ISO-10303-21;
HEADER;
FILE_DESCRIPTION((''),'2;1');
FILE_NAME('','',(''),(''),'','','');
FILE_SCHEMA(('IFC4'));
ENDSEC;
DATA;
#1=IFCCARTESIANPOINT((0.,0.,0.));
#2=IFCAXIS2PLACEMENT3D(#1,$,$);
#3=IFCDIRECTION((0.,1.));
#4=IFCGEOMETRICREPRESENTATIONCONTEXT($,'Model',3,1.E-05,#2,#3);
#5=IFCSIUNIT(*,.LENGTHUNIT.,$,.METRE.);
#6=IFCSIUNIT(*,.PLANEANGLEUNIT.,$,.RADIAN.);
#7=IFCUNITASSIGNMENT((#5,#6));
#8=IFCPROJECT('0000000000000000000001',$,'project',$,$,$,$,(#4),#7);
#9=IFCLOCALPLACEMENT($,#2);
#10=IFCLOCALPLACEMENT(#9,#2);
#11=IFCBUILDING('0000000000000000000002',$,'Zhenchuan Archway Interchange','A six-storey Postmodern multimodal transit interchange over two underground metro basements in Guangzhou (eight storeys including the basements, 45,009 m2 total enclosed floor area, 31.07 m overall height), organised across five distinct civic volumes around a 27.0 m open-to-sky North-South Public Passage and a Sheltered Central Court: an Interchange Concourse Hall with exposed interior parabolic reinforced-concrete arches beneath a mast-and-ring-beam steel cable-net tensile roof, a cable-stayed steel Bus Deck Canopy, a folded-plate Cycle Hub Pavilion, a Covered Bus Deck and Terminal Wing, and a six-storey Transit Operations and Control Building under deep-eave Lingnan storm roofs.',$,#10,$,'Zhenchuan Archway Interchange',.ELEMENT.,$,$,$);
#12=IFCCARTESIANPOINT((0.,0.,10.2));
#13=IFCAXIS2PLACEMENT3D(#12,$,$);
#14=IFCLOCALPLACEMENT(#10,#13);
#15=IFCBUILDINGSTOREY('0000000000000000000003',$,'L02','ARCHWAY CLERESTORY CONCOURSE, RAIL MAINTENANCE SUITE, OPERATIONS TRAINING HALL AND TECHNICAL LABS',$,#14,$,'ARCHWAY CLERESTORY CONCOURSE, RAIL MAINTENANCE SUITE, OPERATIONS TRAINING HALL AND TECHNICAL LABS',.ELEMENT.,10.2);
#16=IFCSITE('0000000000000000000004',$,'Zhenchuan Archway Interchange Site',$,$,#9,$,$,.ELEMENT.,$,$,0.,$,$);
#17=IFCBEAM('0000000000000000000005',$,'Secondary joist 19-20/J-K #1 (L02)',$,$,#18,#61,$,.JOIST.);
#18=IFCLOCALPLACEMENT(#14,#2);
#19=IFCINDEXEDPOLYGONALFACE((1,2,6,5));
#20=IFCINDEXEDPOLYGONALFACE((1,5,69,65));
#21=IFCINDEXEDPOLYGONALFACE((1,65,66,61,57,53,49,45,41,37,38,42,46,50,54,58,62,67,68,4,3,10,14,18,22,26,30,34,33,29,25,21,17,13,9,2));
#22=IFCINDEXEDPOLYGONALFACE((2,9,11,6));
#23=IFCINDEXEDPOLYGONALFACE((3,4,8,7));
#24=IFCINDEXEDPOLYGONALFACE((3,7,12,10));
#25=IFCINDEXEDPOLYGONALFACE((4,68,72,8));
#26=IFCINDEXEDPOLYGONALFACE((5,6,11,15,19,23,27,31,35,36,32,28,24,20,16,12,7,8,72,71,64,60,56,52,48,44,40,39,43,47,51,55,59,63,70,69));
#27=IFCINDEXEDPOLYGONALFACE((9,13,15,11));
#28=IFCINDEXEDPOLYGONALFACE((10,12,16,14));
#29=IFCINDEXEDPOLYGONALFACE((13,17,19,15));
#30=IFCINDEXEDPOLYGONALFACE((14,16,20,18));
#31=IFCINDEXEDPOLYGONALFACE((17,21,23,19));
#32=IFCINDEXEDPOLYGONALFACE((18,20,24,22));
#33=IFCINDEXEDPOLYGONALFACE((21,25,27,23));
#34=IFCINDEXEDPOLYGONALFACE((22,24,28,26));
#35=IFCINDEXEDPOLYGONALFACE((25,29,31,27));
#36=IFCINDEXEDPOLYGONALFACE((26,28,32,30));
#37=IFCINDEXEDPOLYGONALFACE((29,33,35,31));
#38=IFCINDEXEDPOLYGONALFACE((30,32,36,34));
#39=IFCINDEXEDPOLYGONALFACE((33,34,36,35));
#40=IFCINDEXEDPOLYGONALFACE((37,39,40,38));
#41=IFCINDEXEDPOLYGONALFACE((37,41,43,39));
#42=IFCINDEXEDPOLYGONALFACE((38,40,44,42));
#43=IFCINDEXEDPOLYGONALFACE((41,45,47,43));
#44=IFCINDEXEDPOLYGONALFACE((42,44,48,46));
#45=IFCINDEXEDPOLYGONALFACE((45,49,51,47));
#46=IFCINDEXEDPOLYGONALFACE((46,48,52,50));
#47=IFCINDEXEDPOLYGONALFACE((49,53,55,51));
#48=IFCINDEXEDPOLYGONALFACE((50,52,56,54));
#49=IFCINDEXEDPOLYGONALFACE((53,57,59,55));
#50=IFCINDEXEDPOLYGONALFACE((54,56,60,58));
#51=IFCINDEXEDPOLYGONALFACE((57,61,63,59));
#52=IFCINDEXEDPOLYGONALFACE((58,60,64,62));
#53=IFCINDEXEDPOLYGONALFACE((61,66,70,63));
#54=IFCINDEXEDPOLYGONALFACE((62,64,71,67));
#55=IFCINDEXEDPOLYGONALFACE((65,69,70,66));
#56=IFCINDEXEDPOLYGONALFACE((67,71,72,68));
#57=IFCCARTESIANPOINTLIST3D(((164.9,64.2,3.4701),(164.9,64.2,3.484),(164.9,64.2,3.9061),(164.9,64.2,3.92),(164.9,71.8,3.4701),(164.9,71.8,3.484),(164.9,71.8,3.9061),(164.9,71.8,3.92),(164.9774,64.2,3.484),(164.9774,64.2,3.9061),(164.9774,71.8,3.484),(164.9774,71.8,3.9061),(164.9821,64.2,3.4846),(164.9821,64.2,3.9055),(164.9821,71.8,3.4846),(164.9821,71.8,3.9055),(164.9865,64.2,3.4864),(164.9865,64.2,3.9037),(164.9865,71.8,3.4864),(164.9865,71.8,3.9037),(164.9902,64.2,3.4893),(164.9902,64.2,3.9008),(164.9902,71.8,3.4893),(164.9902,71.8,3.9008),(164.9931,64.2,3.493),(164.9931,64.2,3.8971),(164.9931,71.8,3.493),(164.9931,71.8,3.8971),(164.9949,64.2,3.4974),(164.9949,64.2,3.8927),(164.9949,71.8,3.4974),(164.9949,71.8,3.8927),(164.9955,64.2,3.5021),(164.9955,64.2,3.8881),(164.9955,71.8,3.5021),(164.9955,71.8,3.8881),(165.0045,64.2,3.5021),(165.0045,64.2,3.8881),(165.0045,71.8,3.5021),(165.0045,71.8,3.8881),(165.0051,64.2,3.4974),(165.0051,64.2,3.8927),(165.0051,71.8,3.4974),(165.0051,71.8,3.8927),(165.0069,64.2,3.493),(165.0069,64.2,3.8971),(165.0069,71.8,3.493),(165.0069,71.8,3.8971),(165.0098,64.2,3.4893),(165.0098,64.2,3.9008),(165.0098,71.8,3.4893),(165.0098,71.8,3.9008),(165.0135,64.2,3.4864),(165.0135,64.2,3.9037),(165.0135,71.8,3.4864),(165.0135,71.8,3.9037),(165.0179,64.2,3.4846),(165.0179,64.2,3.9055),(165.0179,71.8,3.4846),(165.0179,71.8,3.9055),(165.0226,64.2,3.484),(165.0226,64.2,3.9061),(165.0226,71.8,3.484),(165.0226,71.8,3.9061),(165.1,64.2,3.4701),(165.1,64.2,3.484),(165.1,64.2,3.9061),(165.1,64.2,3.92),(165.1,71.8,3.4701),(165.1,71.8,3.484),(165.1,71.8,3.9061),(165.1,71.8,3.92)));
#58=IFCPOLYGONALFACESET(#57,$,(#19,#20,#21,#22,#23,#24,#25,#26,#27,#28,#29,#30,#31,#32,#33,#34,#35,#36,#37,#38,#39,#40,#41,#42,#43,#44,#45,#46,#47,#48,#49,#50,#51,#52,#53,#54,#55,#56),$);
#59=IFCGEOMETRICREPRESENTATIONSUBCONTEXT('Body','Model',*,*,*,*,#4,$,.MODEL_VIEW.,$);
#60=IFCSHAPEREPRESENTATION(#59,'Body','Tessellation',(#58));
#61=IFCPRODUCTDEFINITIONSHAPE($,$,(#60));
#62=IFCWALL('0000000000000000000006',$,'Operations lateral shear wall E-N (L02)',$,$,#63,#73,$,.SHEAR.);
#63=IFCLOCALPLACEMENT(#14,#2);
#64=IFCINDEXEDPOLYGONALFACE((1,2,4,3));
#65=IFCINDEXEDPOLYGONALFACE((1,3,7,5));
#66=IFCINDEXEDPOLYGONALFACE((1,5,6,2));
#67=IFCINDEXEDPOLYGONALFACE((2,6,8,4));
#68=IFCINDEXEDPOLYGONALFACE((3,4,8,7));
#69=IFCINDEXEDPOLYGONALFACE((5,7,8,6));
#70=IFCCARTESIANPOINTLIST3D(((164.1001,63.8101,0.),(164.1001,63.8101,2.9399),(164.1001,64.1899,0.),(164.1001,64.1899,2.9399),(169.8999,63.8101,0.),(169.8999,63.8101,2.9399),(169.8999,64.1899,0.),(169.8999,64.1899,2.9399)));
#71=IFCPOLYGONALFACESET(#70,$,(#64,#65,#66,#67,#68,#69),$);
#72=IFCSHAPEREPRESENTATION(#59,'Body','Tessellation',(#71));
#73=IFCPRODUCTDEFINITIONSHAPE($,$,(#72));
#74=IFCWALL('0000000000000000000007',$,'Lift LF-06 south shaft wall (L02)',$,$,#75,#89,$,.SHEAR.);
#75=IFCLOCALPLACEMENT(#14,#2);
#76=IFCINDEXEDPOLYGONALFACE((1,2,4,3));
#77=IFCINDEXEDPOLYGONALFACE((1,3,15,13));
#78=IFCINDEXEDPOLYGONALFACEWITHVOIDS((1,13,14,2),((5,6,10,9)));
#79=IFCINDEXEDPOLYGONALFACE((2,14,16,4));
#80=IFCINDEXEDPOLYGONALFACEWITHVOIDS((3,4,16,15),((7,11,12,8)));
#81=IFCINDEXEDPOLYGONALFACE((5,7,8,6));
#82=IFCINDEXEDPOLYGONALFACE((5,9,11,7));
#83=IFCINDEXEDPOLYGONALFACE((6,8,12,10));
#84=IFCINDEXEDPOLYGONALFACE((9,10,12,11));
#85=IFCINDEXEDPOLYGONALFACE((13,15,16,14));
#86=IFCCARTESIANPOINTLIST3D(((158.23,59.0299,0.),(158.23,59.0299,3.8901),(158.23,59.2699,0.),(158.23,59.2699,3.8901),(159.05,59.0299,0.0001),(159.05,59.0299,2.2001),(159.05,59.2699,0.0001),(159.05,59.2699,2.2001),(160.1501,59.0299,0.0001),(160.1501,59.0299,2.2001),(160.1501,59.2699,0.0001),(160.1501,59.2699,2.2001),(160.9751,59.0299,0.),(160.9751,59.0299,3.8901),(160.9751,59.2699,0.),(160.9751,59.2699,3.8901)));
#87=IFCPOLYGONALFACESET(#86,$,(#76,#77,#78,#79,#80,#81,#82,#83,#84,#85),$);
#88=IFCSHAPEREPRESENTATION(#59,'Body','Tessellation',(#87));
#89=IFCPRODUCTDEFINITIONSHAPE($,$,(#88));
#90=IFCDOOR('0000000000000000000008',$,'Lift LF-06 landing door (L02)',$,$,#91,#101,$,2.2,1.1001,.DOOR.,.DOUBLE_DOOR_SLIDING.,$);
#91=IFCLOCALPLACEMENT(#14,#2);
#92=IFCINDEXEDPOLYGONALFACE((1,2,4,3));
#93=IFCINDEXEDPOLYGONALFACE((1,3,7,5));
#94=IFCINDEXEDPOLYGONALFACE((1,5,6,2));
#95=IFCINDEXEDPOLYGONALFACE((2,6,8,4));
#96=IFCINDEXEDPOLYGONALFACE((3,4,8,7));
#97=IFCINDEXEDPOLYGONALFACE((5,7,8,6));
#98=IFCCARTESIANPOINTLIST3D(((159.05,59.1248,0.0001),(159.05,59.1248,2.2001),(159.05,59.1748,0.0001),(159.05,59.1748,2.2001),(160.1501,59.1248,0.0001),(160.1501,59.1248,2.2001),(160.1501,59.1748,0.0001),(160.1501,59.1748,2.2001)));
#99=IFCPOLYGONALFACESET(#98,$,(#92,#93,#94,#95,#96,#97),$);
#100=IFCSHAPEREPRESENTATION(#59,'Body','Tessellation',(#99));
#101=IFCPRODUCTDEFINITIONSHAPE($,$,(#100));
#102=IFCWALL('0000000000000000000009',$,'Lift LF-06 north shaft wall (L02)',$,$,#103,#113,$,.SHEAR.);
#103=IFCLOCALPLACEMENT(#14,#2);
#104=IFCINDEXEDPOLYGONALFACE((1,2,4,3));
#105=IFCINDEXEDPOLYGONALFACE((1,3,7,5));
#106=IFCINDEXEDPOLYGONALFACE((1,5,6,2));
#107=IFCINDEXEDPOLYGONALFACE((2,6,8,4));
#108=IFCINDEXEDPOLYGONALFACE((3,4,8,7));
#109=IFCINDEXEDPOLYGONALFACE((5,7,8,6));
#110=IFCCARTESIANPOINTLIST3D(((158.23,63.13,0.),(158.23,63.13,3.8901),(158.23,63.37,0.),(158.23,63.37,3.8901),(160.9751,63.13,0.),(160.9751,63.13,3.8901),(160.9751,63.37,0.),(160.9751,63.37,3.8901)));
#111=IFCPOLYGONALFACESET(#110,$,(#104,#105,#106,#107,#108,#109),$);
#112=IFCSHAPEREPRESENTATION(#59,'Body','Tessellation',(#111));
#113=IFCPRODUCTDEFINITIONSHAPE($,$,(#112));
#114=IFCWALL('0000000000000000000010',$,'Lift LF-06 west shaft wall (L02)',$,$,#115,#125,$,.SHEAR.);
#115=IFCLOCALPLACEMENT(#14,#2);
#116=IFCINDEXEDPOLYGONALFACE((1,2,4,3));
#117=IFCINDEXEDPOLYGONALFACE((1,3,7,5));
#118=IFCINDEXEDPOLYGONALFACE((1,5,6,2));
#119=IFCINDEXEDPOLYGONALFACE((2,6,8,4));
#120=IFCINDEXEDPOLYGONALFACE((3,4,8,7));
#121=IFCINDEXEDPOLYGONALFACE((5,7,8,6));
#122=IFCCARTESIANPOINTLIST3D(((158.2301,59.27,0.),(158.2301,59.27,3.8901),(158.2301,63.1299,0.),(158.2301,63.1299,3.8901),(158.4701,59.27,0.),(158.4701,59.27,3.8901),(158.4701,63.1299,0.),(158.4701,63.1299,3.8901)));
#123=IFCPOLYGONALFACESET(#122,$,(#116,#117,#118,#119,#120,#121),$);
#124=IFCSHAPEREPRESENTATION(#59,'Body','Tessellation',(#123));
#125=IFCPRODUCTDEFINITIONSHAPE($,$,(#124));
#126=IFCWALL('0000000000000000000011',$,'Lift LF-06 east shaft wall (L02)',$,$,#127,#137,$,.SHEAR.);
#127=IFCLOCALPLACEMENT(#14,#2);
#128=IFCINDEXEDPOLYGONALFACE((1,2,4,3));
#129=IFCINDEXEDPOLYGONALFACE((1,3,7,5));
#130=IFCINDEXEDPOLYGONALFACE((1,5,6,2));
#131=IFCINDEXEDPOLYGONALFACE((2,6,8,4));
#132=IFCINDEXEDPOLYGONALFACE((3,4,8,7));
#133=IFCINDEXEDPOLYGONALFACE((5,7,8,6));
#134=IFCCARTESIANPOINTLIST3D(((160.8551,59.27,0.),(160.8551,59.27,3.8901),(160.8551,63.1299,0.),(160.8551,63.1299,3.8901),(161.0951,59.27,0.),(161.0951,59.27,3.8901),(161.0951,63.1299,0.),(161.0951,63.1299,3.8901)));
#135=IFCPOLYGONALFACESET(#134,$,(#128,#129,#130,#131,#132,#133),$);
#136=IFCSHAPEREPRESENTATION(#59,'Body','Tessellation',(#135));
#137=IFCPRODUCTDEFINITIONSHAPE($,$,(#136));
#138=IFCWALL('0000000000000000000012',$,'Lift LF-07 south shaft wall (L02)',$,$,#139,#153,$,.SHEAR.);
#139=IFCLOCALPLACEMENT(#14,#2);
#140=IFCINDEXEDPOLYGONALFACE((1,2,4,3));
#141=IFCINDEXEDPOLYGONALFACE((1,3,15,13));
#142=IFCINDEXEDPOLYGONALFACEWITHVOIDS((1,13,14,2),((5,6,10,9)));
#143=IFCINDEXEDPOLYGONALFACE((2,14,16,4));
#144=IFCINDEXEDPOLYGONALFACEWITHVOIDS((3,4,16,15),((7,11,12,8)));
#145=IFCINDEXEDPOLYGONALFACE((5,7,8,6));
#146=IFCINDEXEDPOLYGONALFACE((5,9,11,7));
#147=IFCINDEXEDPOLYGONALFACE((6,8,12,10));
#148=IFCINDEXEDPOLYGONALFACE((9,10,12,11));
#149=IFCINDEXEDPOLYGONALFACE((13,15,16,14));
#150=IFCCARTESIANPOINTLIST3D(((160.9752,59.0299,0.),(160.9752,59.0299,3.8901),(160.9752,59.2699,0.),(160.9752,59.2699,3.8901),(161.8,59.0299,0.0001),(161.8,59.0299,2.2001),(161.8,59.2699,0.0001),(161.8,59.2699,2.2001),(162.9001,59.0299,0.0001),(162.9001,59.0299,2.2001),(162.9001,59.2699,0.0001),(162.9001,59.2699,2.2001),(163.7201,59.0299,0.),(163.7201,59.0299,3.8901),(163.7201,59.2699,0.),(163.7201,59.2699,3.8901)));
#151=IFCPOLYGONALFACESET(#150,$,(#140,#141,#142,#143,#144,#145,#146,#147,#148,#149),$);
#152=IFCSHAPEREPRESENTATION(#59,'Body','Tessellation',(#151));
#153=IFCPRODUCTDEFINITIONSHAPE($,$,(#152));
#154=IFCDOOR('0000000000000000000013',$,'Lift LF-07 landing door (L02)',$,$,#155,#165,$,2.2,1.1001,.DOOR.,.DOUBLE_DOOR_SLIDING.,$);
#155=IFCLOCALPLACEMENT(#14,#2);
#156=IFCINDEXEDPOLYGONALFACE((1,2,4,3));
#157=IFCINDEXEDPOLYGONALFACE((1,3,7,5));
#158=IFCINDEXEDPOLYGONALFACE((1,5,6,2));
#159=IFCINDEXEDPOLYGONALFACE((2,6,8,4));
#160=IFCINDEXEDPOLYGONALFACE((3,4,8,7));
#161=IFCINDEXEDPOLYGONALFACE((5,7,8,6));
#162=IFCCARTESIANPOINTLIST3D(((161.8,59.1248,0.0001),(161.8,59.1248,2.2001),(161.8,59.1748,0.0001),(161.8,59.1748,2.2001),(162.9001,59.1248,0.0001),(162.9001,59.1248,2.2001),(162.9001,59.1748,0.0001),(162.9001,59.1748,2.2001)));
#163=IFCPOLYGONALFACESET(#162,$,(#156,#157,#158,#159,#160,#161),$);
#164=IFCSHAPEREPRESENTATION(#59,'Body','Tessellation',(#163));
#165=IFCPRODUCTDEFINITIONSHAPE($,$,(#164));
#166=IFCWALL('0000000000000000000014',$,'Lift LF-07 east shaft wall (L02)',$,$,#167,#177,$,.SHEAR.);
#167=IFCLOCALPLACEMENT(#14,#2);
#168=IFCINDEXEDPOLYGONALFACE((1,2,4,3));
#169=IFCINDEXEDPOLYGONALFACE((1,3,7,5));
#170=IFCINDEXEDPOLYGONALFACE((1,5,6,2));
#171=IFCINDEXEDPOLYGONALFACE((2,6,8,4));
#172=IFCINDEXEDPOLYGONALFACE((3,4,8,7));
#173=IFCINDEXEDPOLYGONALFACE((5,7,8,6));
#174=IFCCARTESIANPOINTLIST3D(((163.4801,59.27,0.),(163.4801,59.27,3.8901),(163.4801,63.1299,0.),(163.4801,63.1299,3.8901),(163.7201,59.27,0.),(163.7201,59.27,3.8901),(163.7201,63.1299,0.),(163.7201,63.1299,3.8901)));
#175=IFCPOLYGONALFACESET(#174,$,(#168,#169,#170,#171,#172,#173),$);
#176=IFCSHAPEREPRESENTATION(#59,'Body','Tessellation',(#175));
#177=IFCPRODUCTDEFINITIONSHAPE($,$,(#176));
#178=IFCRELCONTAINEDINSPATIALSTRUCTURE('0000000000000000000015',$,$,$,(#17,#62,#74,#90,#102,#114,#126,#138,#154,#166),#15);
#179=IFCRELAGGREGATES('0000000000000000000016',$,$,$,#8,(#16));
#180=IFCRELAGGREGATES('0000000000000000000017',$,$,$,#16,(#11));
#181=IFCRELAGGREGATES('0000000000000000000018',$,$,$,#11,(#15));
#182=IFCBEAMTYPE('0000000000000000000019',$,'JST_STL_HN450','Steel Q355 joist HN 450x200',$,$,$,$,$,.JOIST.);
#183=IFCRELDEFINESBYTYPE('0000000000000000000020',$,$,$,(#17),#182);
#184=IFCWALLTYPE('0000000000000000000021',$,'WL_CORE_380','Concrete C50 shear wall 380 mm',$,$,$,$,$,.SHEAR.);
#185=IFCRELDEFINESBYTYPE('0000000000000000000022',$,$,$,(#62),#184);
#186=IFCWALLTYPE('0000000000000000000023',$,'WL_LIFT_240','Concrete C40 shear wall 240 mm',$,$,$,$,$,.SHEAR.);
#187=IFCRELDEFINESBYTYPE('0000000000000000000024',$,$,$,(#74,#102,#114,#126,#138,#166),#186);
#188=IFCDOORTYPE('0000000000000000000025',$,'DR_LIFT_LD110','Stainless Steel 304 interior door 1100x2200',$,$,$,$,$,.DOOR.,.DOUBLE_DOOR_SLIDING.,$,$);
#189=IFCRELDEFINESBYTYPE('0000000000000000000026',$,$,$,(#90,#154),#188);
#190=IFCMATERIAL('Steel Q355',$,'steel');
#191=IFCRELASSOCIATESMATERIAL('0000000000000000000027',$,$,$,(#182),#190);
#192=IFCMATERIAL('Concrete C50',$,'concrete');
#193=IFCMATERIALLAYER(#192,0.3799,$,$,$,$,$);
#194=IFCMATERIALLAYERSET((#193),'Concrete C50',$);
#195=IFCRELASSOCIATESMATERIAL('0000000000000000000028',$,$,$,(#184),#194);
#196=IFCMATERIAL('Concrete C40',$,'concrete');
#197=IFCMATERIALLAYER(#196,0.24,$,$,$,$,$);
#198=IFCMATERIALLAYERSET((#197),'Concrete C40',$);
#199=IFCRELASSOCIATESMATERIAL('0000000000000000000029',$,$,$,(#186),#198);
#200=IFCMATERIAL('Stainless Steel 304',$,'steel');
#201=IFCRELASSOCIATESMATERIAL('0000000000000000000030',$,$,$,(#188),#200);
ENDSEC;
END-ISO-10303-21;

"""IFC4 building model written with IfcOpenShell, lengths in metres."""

from ifc_helpers import new_model, si_unit, direction, frame, frame_2d, origin, origin_2d, place, context, subcontext, project, spatial, rectangle, i_section, extrude, material, layer, layer_set, material_profile, profile_set, type_object, element, fill, save


model = new_model("IFC4")

# Units and contexts
model_context = context("Model", 3, precision=1e-05, world=origin(), true_north=direction((0.0, 1.0)))
body_context = subcontext(model_context, "Body", "Model", "MODEL_VIEW")
ifc_project = project(units=[si_unit("LENGTHUNIT", "METRE"), si_unit("PLANEANGLEUNIT", "RADIAN")], contexts=[model_context])

# Site, building, storey
site_placement = place(None, origin())
site = spatial("IfcSite", under=ifc_project, at=site_placement, Name="Zhenchuan Archway Interchange Site", CompositionType="ELEMENT", RefElevation=0.0)
building_placement = place(site_placement, origin())
building = spatial("IfcBuilding", under=site, at=building_placement, Name="Zhenchuan Archway Interchange", Description="A six-storey Postmodern multimodal transit interchange over two underground metro basements in Guangzhou (eight storeys including the basements, 45,009 m2 total enclosed floor area, 31.07 m overall height), organised across five distinct civic volumes around a 27.0 m open-to-sky North-South Public Passage and a Sheltered Central Court: an Interchange Concourse Hall with exposed interior parabolic reinforced-concrete arches beneath a mast-and-ring-beam steel cable-net tensile roof, a cable-stayed steel Bus Deck Canopy, a folded-plate Cycle Hub Pavilion, a Covered Bus Deck and Terminal Wing, and a six-storey Transit Operations and Control Building under deep-eave Lingnan storm roofs.", LongName="Zhenchuan Archway Interchange", CompositionType="ELEMENT")
storey_placement = place(building_placement, frame((0.0, 0.0, 10.2)))
storey = spatial("IfcBuildingStorey", under=building, at=storey_placement, Name="L02", Description="ARCHWAY CLERESTORY CONCOURSE, RAIL MAINTENANCE SUITE, OPERATIONS TRAINING HALL AND TECHNICAL LABS", LongName="ARCHWAY CLERESTORY CONCOURSE, RAIL MAINTENANCE SUITE, OPERATIONS TRAINING HALL AND TECHNICAL LABS", CompositionType="ELEMENT", Elevation=10.2)

# Shared definitions
ifc_material_1 = material(Name="Concrete C50", Category="concrete")

# Beam
ifc_material_2 = material(Name="Concrete C40", Category="concrete")
ifc_material_3 = material(Name="Steel Q355", Category="steel")
ifc_material_profile_1 = material_profile(ifc_material_3, i_section(OverallWidth=0.2, OverallDepth=0.45, WebThickness=0.009, FlangeThickness=0.0139, FilletRadius=0.0181, at=origin_2d()), Name="HN 450x200")
ifc_profile_set_1 = profile_set([ifc_material_profile_1], Name="Steel Q355")
beam_type_1 = type_object("IfcBeamType", Name="JST_STL_HN450", Description="Steel Q355 joist HN 450x200", PredefinedType="JOIST", material=ifc_profile_set_1)
beam_1_placement = place(storey_placement, frame((165.0, 64.2, 3.6951), z_axis=(0.0, 1.0, 0.0), x_axis=(-1.0, 0.0, 0.0)))
element("IfcBeam", 1, at=beam_1_placement, inside=storey, type_object=beam_type_1, Name="Secondary joist 19-20/J-K #1 (L02)", PredefinedType="JOIST", context=body_context, shape_type="SweptSolid", body=[
    extrude(i_section(OverallWidth=0.2, OverallDepth=0.45, WebThickness=0.009, FlangeThickness=0.0139, FilletRadius=0.0181, at=origin_2d()), origin(), (0.0, 0.0, 1.0), 7.6001),
])

# Wall
ifc_layer_1 = layer(ifc_material_1, 0.3799)
ifc_layer_set_1 = layer_set([ifc_layer_1], Name="Concrete C50")
wall_type_1 = type_object("IfcWallType", Name="WL_CORE_380", Description="Concrete C50 shear wall 380 mm", PredefinedType="SHEAR", material=ifc_layer_set_1)
wall_1_placement = place(storey_placement, frame((164.1001, 64.0, 0.0), z_axis=(0.0, 0.0, 1.0), x_axis=(1.0, 0.0, 0.0)))
element("IfcWall", 2, at=wall_1_placement, inside=storey, type_object=wall_type_1, Name="Operations lateral shear wall E-N (L02)", PredefinedType="SHEAR", context=body_context, shape_type="SweptSolid", body=[
    extrude(rectangle(XDim=5.7998, YDim=0.3799, at=frame_2d((2.8999, 0.0))), origin(), (0.0, 0.0, 1.0), 2.9399),
])

# Wall, opening, door
ifc_layer_2 = layer(ifc_material_2, 0.24)
ifc_layer_set_2 = layer_set([ifc_layer_2], Name="Concrete C40")
wall_type_2 = type_object("IfcWallType", Name="WL_LIFT_240", Description="Concrete C40 shear wall 240 mm", PredefinedType="SHEAR", material=ifc_layer_set_2)
wall_2_placement = place(storey_placement, frame((158.23, 59.1499, 0.0), z_axis=(0.0, 0.0, 1.0), x_axis=(1.0, 0.0, 0.0)))
wall_2 = element("IfcWall", 3, at=wall_2_placement, inside=storey, type_object=wall_type_2, Name="Lift LF-06 south shaft wall (L02)", PredefinedType="SHEAR", context=body_context, shape_type="SweptSolid", body=[
    extrude(rectangle(XDim=2.7451, YDim=0.24, at=frame_2d((1.3726, 0.0))), origin(), (0.0, 0.0, 1.0), 3.8901),
])
opening_1_placement = place(wall_2_placement, frame((0.8201, 0.0, 0.0)))
opening_1 = element("IfcOpeningElement", 4, at=opening_1_placement, cuts=wall_2, PredefinedType="OPENING", context=body_context, shape_type="SweptSolid", body=[
    extrude(rectangle(XDim=1.1001, YDim=2.2, at=frame_2d((0.55, 1.1001))), frame((0.0, 0.1318, 0.0), z_axis=(0.0, -1.0, 0.0), x_axis=(1.0, 0.0, 0.0)), (0.0, 0.0, 1.0), 0.2639),
])
ifc_material_4 = material(Name="Stainless Steel 304", Category="steel")
door_type_1 = type_object("IfcDoorType", Name="DR_LIFT_LD110", Description="Stainless Steel 304 interior door 1100x2200", OperationType="DOUBLE_DOOR_SLIDING", PredefinedType="DOOR", material=ifc_material_4)
door_1_placement = place(opening_1_placement, origin())
door_1 = element("IfcDoor", 5, at=door_1_placement, inside=storey, type_object=door_type_1, Name="Lift LF-06 landing door (L02)", OperationType="DOUBLE_DOOR_SLIDING", OverallHeight=2.2, OverallWidth=1.1001, PredefinedType="DOOR", context=body_context, shape_type="SweptSolid", body=[
    extrude(rectangle(XDim=1.1001, YDim=2.2, at=frame_2d((0.55, 1.1001))), frame((0.0, 0.0249, 0.0), z_axis=(0.0, -1.0, 0.0), x_axis=(1.0, 0.0, 0.0)), (0.0, 0.0, 1.0), 0.05),
])
fill(opening_1, door_1)

# Walls
wall_3_placement = place(storey_placement, frame((160.9751, 63.25, 0.0), z_axis=(0.0, 0.0, 1.0), x_axis=(-1.0, 0.0, 0.0)))
element("IfcWall", 6, at=wall_3_placement, inside=storey, type_object=wall_type_2, Name="Lift LF-06 north shaft wall (L02)", PredefinedType="SHEAR", context=body_context, shape_type="SweptSolid", body=[
    extrude(rectangle(XDim=2.7451, YDim=0.24, at=frame_2d((1.3726, 0.0))), origin(), (0.0, 0.0, 1.0), 3.8901),
])
for number, where, z_axis, x_axis, name in (
    (7, (158.3501, 63.1299, 0.0), (0.0, 0.0, 1.0), (0.0, -1.0, 0.0), "Lift LF-06 west shaft wall (L02)"),
    (8, (160.9751, 59.27, 0.0), (0.0, 0.0, 1.0), (0.0, 1.0, 0.0), "Lift LF-06 east shaft wall (L02)"),
):
    element("IfcWall", number, at=place(storey_placement, frame(where, z_axis=z_axis, x_axis=x_axis)), inside=storey, type_object=wall_type_2, Name=name, PredefinedType="SHEAR", context=body_context, shape_type="SweptSolid", body=[
        extrude(rectangle(XDim=3.8599, YDim=0.24, at=frame_2d((1.9299, 0.0))), origin(), (0.0, 0.0, 1.0), 3.8901),
    ])

# Wall, opening, door
wall_4_placement = place(storey_placement, frame((160.9751, 59.1499, 0.0), z_axis=(0.0, 0.0, 1.0), x_axis=(1.0, 0.0, 0.0)))
wall_4 = element("IfcWall", 9, at=wall_4_placement, inside=storey, type_object=wall_type_2, Name="Lift LF-07 south shaft wall (L02)", PredefinedType="SHEAR", context=body_context, shape_type="SweptSolid", body=[
    extrude(rectangle(XDim=2.7449, YDim=0.24, at=frame_2d((1.3726, 0.0))), origin(), (0.0, 0.0, 1.0), 3.8901),
])
opening_2_placement = place(wall_4_placement, frame((0.825, 0.0, 0.0)))
opening_2 = element("IfcOpeningElement", 10, at=opening_2_placement, cuts=wall_4, PredefinedType="OPENING", context=body_context, shape_type="SweptSolid", body=[
    extrude(rectangle(XDim=1.1001, YDim=2.2, at=frame_2d((0.55, 1.1001))), frame((0.0, 0.1318, 0.0), z_axis=(0.0, -1.0, 0.0), x_axis=(1.0, 0.0, 0.0)), (0.0, 0.0, 1.0), 0.2639),
])
door_2_placement = place(opening_2_placement, origin())
door_2 = element("IfcDoor", 11, at=door_2_placement, inside=storey, type_object=door_type_1, Name="Lift LF-07 landing door (L02)", OperationType="DOUBLE_DOOR_SLIDING", OverallHeight=2.2, OverallWidth=1.1001, PredefinedType="DOOR", context=body_context, shape_type="SweptSolid", body=[
    extrude(rectangle(XDim=1.1001, YDim=2.2, at=frame_2d((0.55, 1.1001))), frame((0.0, 0.0249, 0.0), z_axis=(0.0, -1.0, 0.0), x_axis=(1.0, 0.0, 0.0)), (0.0, 0.0, 1.0), 0.05),
])
fill(opening_2, door_2)

# Wall
wall_5_placement = place(storey_placement, frame((163.6001, 59.27, 0.0), z_axis=(0.0, 0.0, 1.0), x_axis=(0.0, 1.0, 0.0)))
element("IfcWall", 12, at=wall_5_placement, inside=storey, type_object=wall_type_2, Name="Lift LF-07 east shaft wall (L02)", PredefinedType="SHEAR", context=body_context, shape_type="SweptSolid", body=[
    extrude(rectangle(XDim=3.8599, YDim=0.24, at=frame_2d((1.9299, 0.0))), origin(), (0.0, 0.0, 1.0), 3.8901),
])

save(model, "model.ifc")
